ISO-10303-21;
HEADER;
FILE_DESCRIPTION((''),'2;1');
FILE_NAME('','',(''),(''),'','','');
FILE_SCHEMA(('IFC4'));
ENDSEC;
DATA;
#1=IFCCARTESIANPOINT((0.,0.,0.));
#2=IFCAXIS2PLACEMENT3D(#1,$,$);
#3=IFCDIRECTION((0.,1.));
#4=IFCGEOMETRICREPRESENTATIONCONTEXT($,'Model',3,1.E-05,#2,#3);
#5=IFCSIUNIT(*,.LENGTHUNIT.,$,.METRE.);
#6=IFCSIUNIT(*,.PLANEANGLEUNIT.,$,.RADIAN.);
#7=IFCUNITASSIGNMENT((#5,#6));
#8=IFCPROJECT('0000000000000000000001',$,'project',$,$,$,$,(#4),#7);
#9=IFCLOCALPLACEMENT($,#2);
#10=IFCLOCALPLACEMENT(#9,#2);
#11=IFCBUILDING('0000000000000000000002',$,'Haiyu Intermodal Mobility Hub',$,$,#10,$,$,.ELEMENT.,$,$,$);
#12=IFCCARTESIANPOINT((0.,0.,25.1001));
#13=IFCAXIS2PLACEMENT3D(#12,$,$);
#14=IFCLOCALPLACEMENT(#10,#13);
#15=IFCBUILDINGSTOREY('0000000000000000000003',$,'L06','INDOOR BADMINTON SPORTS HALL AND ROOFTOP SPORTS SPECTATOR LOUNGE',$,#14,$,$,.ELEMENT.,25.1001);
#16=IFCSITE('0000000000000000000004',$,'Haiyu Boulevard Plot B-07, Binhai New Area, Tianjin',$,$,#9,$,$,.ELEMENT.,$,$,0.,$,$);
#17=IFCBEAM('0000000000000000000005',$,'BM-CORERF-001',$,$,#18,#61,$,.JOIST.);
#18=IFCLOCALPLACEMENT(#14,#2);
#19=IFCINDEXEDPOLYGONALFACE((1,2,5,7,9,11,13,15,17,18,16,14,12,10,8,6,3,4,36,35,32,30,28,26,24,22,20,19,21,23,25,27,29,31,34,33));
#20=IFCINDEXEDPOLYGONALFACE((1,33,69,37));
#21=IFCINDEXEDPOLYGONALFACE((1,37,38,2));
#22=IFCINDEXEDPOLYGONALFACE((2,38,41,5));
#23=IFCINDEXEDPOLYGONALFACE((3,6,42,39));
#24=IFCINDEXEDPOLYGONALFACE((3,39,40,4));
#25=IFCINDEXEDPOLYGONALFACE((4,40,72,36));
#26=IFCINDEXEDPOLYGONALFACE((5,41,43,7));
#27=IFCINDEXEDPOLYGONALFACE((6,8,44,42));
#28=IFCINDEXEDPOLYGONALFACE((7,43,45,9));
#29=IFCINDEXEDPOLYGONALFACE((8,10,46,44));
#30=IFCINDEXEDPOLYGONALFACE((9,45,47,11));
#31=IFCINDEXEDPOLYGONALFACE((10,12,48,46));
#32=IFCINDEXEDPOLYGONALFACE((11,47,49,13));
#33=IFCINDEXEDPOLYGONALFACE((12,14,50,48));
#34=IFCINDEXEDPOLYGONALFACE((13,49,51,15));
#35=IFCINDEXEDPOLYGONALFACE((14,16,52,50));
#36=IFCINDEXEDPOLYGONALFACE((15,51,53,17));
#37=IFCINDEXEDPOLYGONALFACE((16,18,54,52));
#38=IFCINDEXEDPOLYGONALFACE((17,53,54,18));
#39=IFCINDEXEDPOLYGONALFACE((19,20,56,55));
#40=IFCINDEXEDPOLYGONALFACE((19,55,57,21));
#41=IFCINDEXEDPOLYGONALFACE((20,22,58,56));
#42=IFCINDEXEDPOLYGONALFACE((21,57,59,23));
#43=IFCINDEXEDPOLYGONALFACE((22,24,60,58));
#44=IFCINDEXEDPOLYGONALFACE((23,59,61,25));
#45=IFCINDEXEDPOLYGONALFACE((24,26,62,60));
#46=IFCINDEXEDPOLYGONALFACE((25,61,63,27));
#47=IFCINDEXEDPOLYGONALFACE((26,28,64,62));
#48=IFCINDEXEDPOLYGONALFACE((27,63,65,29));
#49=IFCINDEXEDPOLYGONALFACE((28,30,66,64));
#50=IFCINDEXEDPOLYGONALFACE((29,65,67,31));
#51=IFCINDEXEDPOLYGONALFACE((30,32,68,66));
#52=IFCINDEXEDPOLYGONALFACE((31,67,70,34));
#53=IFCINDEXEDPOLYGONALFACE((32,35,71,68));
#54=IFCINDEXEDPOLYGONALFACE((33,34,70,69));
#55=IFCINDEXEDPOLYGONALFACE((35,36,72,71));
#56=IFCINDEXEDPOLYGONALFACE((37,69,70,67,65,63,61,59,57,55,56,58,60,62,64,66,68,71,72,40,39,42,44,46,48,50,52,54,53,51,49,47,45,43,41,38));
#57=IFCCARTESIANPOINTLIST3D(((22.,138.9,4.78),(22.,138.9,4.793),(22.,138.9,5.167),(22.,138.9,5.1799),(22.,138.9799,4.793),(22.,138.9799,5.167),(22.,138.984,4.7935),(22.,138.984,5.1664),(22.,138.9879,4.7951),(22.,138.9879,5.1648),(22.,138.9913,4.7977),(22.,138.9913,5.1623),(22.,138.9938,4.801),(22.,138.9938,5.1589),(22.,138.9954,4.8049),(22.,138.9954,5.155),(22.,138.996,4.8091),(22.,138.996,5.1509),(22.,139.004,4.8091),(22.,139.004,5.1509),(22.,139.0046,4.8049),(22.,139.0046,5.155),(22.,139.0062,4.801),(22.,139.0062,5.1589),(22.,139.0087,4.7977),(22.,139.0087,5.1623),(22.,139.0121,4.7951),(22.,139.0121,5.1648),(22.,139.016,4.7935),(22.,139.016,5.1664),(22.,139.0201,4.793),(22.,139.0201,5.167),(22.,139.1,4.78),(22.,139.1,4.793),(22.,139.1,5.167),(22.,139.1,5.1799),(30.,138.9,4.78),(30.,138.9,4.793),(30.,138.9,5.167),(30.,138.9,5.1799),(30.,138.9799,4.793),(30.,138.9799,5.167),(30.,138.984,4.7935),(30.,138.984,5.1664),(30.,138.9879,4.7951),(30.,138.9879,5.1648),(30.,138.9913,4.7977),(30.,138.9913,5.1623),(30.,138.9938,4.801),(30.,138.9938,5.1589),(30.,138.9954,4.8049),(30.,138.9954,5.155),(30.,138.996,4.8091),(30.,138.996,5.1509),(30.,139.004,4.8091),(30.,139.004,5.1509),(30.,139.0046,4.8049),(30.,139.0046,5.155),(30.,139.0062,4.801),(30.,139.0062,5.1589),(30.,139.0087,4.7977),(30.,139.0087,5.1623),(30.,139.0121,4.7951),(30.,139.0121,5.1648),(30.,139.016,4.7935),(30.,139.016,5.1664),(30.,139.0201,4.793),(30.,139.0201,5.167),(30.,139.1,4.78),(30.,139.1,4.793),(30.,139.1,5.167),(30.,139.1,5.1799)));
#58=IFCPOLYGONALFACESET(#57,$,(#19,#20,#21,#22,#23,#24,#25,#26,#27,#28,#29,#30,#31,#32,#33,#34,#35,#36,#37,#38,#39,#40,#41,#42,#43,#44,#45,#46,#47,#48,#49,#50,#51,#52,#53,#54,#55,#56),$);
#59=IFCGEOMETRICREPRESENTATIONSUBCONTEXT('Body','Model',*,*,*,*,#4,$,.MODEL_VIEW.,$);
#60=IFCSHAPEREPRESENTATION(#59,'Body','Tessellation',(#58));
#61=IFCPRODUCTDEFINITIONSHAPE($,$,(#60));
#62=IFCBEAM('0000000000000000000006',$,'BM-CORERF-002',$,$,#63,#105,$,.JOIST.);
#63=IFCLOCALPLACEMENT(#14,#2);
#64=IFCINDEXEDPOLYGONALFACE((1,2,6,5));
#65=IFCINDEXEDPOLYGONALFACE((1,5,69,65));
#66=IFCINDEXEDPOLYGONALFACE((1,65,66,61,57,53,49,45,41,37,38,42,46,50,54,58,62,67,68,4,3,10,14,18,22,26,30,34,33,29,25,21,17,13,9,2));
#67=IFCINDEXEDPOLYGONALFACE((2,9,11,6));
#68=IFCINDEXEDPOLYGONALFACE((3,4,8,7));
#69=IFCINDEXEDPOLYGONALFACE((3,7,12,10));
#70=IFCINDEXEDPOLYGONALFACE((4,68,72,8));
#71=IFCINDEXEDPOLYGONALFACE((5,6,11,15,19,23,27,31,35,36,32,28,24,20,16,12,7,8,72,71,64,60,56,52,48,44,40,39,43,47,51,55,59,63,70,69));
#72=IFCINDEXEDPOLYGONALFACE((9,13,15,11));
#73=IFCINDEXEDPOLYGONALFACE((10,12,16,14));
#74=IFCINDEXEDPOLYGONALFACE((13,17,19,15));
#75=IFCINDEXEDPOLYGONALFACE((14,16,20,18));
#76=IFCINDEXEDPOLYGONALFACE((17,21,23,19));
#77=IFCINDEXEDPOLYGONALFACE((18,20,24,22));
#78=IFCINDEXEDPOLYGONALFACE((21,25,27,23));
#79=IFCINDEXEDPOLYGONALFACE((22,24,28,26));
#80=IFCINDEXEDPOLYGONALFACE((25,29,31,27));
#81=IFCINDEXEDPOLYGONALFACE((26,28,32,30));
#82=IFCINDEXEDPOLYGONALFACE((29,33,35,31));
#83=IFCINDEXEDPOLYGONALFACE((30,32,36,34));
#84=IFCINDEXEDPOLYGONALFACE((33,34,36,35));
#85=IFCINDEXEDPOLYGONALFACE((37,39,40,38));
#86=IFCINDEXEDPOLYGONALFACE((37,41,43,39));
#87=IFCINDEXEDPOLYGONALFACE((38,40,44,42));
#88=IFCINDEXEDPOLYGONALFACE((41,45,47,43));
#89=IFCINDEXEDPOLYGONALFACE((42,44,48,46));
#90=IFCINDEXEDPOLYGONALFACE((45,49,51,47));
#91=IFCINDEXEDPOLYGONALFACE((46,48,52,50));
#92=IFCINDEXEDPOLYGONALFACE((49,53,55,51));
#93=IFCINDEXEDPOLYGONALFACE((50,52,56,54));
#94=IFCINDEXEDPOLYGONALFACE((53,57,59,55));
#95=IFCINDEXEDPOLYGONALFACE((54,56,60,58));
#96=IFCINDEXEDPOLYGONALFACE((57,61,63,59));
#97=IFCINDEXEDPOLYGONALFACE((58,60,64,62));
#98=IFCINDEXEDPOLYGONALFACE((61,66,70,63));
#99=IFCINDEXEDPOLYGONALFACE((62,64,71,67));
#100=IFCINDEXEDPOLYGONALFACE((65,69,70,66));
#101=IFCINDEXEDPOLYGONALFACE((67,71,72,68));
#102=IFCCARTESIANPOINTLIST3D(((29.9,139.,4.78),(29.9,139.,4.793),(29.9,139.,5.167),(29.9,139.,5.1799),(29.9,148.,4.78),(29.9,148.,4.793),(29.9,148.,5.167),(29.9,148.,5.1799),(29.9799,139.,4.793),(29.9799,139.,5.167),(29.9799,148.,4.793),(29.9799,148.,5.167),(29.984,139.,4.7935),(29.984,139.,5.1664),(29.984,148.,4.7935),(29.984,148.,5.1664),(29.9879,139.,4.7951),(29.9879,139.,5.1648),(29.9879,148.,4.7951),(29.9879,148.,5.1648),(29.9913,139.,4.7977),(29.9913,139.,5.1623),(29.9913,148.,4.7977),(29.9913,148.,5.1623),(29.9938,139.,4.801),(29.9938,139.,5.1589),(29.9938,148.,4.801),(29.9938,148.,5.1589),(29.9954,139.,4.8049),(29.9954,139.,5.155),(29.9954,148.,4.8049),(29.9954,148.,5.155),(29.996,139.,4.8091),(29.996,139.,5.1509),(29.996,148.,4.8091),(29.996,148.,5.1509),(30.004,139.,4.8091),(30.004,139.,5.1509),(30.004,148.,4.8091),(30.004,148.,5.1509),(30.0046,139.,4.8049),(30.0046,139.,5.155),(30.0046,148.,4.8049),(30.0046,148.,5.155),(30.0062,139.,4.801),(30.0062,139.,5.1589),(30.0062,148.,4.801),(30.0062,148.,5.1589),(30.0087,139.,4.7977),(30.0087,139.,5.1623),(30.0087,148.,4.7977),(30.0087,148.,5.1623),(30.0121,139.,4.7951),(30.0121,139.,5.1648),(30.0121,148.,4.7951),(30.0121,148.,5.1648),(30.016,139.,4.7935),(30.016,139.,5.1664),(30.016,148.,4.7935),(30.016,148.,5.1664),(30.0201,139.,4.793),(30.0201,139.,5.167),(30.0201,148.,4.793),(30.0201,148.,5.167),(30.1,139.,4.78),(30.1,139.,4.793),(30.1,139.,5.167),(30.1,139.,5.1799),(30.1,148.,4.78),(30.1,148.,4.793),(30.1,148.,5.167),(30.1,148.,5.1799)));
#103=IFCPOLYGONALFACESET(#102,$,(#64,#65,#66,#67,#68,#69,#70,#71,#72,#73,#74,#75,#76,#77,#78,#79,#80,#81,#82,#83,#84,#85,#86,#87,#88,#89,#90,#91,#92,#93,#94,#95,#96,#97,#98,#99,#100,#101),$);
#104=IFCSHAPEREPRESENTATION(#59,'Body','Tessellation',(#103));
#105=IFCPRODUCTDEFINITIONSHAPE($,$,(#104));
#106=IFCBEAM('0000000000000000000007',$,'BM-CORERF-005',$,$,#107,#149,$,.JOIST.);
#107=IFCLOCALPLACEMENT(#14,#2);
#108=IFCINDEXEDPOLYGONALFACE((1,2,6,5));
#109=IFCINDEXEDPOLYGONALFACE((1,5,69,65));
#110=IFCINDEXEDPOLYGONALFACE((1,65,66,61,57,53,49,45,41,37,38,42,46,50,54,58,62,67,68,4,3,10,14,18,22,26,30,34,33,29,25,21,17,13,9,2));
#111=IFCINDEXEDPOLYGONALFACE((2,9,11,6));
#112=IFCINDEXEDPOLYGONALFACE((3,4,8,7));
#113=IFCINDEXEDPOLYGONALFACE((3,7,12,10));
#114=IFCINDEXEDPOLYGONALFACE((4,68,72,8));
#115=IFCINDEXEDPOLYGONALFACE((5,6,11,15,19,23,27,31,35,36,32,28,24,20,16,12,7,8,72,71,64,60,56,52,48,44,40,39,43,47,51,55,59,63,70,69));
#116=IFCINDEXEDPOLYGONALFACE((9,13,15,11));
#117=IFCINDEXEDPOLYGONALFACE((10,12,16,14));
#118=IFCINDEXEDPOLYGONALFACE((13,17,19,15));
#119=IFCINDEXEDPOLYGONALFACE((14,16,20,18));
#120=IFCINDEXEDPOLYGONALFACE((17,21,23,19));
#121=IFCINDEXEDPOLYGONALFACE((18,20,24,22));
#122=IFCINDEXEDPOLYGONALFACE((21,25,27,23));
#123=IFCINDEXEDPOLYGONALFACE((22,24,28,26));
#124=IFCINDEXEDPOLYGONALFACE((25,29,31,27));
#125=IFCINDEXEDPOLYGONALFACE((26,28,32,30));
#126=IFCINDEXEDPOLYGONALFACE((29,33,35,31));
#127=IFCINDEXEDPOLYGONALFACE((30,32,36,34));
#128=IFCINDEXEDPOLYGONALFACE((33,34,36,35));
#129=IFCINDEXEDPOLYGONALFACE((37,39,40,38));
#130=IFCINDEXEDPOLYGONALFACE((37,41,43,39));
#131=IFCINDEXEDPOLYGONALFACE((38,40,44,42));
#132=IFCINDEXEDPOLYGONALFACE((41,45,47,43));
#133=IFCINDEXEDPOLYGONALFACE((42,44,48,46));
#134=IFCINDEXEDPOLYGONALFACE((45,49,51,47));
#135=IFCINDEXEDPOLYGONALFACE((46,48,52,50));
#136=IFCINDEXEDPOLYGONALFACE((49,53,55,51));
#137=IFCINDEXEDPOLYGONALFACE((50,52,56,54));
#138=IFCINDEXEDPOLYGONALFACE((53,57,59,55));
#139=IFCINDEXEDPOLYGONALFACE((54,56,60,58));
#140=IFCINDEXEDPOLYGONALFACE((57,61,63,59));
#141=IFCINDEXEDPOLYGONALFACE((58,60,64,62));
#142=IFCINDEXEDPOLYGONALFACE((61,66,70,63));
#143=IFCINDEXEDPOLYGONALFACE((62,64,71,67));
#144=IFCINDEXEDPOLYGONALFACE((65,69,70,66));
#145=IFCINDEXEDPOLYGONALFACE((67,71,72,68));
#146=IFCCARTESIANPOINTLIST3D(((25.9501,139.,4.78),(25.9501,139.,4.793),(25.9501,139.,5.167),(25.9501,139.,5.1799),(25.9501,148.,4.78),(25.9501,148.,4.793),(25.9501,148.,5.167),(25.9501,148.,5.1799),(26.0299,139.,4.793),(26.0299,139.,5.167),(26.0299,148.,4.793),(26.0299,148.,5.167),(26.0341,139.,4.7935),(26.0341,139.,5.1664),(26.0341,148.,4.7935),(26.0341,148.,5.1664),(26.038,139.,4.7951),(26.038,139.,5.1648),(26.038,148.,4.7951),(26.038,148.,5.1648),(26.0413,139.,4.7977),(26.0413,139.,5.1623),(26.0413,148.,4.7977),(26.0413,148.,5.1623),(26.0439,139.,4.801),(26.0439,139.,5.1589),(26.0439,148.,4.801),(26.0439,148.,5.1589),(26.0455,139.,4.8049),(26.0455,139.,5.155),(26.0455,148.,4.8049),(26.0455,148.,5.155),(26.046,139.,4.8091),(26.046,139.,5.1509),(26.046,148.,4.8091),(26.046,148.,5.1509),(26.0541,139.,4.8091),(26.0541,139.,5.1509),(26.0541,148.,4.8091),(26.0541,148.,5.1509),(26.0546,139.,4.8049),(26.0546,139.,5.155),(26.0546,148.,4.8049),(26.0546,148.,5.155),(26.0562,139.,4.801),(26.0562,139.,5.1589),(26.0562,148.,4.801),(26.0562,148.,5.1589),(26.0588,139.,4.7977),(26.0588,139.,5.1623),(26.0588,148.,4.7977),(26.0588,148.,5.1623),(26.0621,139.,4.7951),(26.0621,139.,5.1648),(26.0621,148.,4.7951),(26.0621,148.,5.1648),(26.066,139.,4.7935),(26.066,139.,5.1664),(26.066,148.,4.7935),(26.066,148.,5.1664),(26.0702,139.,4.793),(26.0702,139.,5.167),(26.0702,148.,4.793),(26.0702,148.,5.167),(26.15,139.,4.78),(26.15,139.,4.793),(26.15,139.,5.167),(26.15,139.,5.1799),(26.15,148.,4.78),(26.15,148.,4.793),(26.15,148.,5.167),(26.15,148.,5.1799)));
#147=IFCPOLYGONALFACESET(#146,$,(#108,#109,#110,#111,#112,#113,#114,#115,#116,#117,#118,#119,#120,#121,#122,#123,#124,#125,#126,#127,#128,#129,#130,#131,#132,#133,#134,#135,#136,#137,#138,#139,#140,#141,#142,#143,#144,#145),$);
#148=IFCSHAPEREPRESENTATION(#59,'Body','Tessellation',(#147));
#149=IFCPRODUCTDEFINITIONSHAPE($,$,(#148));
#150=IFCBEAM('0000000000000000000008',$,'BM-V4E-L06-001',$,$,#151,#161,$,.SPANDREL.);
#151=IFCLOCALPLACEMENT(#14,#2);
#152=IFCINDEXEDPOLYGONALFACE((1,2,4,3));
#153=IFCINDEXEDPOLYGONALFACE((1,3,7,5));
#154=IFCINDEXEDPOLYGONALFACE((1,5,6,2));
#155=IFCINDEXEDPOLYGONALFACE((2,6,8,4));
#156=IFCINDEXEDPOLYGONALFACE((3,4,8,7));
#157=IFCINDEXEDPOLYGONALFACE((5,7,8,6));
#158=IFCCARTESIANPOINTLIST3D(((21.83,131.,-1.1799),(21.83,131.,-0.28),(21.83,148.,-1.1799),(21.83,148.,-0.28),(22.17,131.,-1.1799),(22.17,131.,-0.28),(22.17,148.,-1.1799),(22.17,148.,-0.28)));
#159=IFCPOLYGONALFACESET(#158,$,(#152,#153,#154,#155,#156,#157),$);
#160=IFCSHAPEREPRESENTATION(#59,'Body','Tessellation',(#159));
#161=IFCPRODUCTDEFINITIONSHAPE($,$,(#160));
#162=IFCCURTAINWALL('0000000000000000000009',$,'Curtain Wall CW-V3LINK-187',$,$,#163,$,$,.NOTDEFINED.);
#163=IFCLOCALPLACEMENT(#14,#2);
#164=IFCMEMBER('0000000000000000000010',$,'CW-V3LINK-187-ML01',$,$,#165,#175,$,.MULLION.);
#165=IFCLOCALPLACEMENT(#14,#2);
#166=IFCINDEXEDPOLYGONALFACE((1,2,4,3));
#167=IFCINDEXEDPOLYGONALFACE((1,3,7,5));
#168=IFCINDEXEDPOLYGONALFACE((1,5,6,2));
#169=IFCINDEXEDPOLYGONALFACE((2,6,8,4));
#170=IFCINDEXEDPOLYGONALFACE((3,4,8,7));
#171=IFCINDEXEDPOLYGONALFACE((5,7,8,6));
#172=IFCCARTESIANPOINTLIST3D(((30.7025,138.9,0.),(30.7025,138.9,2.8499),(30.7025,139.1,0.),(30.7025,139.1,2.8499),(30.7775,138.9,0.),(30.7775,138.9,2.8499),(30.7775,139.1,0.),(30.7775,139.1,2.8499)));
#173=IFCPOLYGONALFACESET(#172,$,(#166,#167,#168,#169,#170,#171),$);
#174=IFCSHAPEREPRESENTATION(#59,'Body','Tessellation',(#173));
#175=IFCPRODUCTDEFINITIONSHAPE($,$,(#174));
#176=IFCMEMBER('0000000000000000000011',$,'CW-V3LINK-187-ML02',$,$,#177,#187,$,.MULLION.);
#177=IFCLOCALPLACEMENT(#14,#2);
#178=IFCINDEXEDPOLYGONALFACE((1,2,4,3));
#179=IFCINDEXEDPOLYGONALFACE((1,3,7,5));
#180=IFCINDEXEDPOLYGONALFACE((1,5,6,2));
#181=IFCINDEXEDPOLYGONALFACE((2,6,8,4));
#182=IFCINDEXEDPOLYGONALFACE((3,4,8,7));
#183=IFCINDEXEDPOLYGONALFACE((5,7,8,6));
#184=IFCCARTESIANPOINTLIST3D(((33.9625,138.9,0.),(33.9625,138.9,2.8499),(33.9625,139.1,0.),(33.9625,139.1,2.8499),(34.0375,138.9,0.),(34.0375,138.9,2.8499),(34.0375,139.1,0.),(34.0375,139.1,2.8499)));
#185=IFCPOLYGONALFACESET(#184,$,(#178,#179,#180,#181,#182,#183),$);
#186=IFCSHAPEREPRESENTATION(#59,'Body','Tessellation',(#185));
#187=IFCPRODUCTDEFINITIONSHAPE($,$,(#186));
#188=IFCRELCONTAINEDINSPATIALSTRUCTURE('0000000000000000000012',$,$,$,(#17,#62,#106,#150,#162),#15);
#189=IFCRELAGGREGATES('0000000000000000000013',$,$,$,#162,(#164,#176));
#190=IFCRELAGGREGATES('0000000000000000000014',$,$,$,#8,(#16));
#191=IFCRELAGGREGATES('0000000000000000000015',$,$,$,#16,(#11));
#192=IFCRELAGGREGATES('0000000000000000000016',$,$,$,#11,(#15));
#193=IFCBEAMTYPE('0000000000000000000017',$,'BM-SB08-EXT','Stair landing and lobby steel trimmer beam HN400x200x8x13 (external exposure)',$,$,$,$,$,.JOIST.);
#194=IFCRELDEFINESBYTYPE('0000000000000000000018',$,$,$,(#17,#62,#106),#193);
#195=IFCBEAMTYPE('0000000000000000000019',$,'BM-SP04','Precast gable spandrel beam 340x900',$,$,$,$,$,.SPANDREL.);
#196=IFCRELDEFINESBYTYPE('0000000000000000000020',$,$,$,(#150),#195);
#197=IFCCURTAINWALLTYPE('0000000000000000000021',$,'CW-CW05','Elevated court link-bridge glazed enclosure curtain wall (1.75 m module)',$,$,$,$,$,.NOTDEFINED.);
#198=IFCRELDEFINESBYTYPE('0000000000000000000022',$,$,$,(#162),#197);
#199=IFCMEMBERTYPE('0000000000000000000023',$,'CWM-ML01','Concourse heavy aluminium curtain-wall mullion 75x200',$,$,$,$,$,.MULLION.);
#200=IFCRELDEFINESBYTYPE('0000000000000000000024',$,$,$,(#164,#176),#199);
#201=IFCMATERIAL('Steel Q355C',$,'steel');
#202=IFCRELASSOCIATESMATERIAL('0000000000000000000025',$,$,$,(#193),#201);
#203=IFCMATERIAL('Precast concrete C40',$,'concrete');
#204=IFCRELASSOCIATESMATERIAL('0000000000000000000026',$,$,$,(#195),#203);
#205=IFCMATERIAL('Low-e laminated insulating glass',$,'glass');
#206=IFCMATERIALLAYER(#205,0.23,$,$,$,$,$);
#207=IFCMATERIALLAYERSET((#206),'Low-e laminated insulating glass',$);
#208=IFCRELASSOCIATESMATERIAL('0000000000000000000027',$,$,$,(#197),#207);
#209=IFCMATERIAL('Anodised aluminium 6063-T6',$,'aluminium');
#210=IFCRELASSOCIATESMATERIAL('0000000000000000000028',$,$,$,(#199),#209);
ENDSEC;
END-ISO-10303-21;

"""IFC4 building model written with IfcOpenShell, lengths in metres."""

from ifc_helpers import new_model, si_unit, direction, frame, origin, origin_2d, place, context, subcontext, project, spatial, rectangle, i_section, extrude, material, layer, layer_set, material_profile, profile_set, type_object, element, aggregate, save


model = new_model("IFC4")

# Units and contexts
model_context = context("Model", 3, precision=1e-05, world=origin(), true_north=direction((0.0, 1.0)))
body_context = subcontext(model_context, "Body", "Model", "MODEL_VIEW")
ifc_project = project(units=[si_unit("LENGTHUNIT", "METRE"), si_unit("PLANEANGLEUNIT", "RADIAN")], contexts=[model_context])

# Site, building, storey
site_placement = place(None, origin())
site = spatial("IfcSite", under=ifc_project, at=site_placement, Name="Haiyu Boulevard Plot B-07, Binhai New Area, Tianjin", CompositionType="ELEMENT", RefElevation=0.0)
building_placement = place(site_placement, origin())
building = spatial("IfcBuilding", under=site, at=building_placement, Name="Haiyu Intermodal Mobility Hub", CompositionType="ELEMENT")
storey_placement = place(building_placement, frame((0.0, 0.0, 25.1001)))
storey = spatial("IfcBuildingStorey", under=building, at=storey_placement, Name="L06", Description="INDOOR BADMINTON SPORTS HALL AND ROOFTOP SPORTS SPECTATOR LOUNGE", CompositionType="ELEMENT", Elevation=25.1001)

# Shared definitions
ifc_material_1 = material(Name="Steel Q355C", Category="steel")

# Beams
ifc_material_profile_1 = material_profile(ifc_material_1, i_section(OverallWidth=0.2, OverallDepth=0.3999, WebThickness=0.0081, FlangeThickness=0.0129, FilletRadius=0.0161, at=origin_2d()), Name="HN400x200x8x13")
ifc_profile_set_1 = profile_set([ifc_material_profile_1], Name="Steel Q355C")
beam_type_1 = type_object("IfcBeamType", Name="BM-SB08-EXT", Description="Stair landing and lobby steel trimmer beam HN400x200x8x13 (external exposure)", PredefinedType="JOIST", material=ifc_profile_set_1)
beam_1_placement = place(storey_placement, frame((22.0, 139.0, 4.98), z_axis=(1.0, 0.0, 0.0), x_axis=(0.0, 1.0, 0.0)))
element("IfcBeam", 1, at=beam_1_placement, inside=storey, type_object=beam_type_1, Name="BM-CORERF-001", PredefinedType="JOIST", context=body_context, shape_type="SweptSolid", body=[
    extrude(i_section(OverallWidth=0.2, OverallDepth=0.3999, WebThickness=0.0081, FlangeThickness=0.0129, FilletRadius=0.0161, at=origin_2d()), origin(), (0.0, 0.0, 1.0), 8.0),
])
for number, where, z_axis, x_axis, name in (
    (2, (30.0, 139.0, 4.98), (0.0, 1.0, 0.0), (-1.0, 0.0, 0.0), "BM-CORERF-002"),
    (3, (26.05, 139.0, 4.98), (0.0, 1.0, 0.0), (-1.0, 0.0, 0.0), "BM-CORERF-005"),
):
    element("IfcBeam", number, at=place(storey_placement, frame(where, z_axis=z_axis, x_axis=x_axis)), inside=storey, type_object=beam_type_1, Name=name, PredefinedType="JOIST", context=body_context, shape_type="SweptSolid", body=[
        extrude(i_section(OverallWidth=0.2, OverallDepth=0.3999, WebThickness=0.0081, FlangeThickness=0.0129, FilletRadius=0.0161, at=origin_2d()), origin(), (0.0, 0.0, 1.0), 9.0),
    ])
ifc_material_2 = material(Name="Precast concrete C40", Category="concrete")
ifc_material_profile_2 = material_profile(ifc_material_2, rectangle(XDim=0.3401, YDim=0.8999, at=origin_2d()), Name="B340x900")
ifc_profile_set_2 = profile_set([ifc_material_profile_2], Name="Precast concrete C40")
beam_type_2 = type_object("IfcBeamType", Name="BM-SP04", Description="Precast gable spandrel beam 340x900", PredefinedType="SPANDREL", material=ifc_profile_set_2)
beam_2_placement = place(storey_placement, frame((22.0, 131.0, -0.73), z_axis=(0.0, 1.0, 0.0), x_axis=(-1.0, 0.0, 0.0)))
element("IfcBeam", 4, at=beam_2_placement, inside=storey, type_object=beam_type_2, Name="BM-V4E-L06-001", PredefinedType="SPANDREL", context=body_context, shape_type="SweptSolid", body=[
    extrude(rectangle(XDim=0.3401, YDim=0.8999, at=origin_2d()), origin(), (0.0, 0.0, 1.0), 17.0),
])

# Curtain wall, members
ifc_material_3 = material(Name="Low-e laminated insulating glass", Category="glass")
ifc_layer_1 = layer(ifc_material_3, 0.23)
ifc_layer_set_1 = layer_set([ifc_layer_1], Name="Low-e laminated insulating glass")
curtain_wall_type_1 = type_object("IfcCurtainWallType", Name="CW-CW05", Description="Elevated court link-bridge glazed enclosure curtain wall (1.75 m module)", PredefinedType="NOTDEFINED", material=ifc_layer_set_1)
curtain_wall_1_placement = place(storey_placement, origin())
curtain_wall_1 = element("IfcCurtainWall", 5, at=curtain_wall_1_placement, inside=storey, type_object=curtain_wall_type_1, Name="Curtain Wall CW-V3LINK-187", PredefinedType="NOTDEFINED")
ifc_material_4 = material(Name="Anodised aluminium 6063-T6", Category="aluminium")
ifc_material_profile_3 = material_profile(ifc_material_4, rectangle(XDim=0.075, YDim=0.2, at=origin_2d()), Name="ALU75x200")
ifc_profile_set_3 = profile_set([ifc_material_profile_3], Name="Anodised aluminium 6063-T6")
member_type_1 = type_object("IfcMemberType", Name="CWM-ML01", Description="Concourse heavy aluminium curtain-wall mullion 75x200", PredefinedType="MULLION", material=ifc_profile_set_3)
member_1_placement = place(storey_placement, frame((30.74, 139.0, 0.0), z_axis=(0.0, 0.0, 1.0), x_axis=(1.0, 0.0, 0.0)))
member_1 = element("IfcMember", 6, at=member_1_placement, type_object=member_type_1, Name="CW-V3LINK-187-ML01", PredefinedType="MULLION", context=body_context, shape_type="SweptSolid", body=[
    extrude(rectangle(XDim=0.075, YDim=0.2, at=origin_2d()), origin(), (0.0, 0.0, 1.0), 2.8499),
])
member_2_placement = place(storey_placement, frame((34.0, 139.0, 0.0), z_axis=(0.0, 0.0, 1.0), x_axis=(1.0, 0.0, 0.0)))
member_2 = element("IfcMember", 7, at=member_2_placement, type_object=member_type_1, Name="CW-V3LINK-187-ML02", PredefinedType="MULLION", context=body_context, shape_type="SweptSolid", body=[
    extrude(rectangle(XDim=0.075, YDim=0.2, at=origin_2d()), origin(), (0.0, 0.0, 1.0), 2.8499),
])

aggregate(curtain_wall_1, [member_1, member_2])

save(model, "model.ifc")
